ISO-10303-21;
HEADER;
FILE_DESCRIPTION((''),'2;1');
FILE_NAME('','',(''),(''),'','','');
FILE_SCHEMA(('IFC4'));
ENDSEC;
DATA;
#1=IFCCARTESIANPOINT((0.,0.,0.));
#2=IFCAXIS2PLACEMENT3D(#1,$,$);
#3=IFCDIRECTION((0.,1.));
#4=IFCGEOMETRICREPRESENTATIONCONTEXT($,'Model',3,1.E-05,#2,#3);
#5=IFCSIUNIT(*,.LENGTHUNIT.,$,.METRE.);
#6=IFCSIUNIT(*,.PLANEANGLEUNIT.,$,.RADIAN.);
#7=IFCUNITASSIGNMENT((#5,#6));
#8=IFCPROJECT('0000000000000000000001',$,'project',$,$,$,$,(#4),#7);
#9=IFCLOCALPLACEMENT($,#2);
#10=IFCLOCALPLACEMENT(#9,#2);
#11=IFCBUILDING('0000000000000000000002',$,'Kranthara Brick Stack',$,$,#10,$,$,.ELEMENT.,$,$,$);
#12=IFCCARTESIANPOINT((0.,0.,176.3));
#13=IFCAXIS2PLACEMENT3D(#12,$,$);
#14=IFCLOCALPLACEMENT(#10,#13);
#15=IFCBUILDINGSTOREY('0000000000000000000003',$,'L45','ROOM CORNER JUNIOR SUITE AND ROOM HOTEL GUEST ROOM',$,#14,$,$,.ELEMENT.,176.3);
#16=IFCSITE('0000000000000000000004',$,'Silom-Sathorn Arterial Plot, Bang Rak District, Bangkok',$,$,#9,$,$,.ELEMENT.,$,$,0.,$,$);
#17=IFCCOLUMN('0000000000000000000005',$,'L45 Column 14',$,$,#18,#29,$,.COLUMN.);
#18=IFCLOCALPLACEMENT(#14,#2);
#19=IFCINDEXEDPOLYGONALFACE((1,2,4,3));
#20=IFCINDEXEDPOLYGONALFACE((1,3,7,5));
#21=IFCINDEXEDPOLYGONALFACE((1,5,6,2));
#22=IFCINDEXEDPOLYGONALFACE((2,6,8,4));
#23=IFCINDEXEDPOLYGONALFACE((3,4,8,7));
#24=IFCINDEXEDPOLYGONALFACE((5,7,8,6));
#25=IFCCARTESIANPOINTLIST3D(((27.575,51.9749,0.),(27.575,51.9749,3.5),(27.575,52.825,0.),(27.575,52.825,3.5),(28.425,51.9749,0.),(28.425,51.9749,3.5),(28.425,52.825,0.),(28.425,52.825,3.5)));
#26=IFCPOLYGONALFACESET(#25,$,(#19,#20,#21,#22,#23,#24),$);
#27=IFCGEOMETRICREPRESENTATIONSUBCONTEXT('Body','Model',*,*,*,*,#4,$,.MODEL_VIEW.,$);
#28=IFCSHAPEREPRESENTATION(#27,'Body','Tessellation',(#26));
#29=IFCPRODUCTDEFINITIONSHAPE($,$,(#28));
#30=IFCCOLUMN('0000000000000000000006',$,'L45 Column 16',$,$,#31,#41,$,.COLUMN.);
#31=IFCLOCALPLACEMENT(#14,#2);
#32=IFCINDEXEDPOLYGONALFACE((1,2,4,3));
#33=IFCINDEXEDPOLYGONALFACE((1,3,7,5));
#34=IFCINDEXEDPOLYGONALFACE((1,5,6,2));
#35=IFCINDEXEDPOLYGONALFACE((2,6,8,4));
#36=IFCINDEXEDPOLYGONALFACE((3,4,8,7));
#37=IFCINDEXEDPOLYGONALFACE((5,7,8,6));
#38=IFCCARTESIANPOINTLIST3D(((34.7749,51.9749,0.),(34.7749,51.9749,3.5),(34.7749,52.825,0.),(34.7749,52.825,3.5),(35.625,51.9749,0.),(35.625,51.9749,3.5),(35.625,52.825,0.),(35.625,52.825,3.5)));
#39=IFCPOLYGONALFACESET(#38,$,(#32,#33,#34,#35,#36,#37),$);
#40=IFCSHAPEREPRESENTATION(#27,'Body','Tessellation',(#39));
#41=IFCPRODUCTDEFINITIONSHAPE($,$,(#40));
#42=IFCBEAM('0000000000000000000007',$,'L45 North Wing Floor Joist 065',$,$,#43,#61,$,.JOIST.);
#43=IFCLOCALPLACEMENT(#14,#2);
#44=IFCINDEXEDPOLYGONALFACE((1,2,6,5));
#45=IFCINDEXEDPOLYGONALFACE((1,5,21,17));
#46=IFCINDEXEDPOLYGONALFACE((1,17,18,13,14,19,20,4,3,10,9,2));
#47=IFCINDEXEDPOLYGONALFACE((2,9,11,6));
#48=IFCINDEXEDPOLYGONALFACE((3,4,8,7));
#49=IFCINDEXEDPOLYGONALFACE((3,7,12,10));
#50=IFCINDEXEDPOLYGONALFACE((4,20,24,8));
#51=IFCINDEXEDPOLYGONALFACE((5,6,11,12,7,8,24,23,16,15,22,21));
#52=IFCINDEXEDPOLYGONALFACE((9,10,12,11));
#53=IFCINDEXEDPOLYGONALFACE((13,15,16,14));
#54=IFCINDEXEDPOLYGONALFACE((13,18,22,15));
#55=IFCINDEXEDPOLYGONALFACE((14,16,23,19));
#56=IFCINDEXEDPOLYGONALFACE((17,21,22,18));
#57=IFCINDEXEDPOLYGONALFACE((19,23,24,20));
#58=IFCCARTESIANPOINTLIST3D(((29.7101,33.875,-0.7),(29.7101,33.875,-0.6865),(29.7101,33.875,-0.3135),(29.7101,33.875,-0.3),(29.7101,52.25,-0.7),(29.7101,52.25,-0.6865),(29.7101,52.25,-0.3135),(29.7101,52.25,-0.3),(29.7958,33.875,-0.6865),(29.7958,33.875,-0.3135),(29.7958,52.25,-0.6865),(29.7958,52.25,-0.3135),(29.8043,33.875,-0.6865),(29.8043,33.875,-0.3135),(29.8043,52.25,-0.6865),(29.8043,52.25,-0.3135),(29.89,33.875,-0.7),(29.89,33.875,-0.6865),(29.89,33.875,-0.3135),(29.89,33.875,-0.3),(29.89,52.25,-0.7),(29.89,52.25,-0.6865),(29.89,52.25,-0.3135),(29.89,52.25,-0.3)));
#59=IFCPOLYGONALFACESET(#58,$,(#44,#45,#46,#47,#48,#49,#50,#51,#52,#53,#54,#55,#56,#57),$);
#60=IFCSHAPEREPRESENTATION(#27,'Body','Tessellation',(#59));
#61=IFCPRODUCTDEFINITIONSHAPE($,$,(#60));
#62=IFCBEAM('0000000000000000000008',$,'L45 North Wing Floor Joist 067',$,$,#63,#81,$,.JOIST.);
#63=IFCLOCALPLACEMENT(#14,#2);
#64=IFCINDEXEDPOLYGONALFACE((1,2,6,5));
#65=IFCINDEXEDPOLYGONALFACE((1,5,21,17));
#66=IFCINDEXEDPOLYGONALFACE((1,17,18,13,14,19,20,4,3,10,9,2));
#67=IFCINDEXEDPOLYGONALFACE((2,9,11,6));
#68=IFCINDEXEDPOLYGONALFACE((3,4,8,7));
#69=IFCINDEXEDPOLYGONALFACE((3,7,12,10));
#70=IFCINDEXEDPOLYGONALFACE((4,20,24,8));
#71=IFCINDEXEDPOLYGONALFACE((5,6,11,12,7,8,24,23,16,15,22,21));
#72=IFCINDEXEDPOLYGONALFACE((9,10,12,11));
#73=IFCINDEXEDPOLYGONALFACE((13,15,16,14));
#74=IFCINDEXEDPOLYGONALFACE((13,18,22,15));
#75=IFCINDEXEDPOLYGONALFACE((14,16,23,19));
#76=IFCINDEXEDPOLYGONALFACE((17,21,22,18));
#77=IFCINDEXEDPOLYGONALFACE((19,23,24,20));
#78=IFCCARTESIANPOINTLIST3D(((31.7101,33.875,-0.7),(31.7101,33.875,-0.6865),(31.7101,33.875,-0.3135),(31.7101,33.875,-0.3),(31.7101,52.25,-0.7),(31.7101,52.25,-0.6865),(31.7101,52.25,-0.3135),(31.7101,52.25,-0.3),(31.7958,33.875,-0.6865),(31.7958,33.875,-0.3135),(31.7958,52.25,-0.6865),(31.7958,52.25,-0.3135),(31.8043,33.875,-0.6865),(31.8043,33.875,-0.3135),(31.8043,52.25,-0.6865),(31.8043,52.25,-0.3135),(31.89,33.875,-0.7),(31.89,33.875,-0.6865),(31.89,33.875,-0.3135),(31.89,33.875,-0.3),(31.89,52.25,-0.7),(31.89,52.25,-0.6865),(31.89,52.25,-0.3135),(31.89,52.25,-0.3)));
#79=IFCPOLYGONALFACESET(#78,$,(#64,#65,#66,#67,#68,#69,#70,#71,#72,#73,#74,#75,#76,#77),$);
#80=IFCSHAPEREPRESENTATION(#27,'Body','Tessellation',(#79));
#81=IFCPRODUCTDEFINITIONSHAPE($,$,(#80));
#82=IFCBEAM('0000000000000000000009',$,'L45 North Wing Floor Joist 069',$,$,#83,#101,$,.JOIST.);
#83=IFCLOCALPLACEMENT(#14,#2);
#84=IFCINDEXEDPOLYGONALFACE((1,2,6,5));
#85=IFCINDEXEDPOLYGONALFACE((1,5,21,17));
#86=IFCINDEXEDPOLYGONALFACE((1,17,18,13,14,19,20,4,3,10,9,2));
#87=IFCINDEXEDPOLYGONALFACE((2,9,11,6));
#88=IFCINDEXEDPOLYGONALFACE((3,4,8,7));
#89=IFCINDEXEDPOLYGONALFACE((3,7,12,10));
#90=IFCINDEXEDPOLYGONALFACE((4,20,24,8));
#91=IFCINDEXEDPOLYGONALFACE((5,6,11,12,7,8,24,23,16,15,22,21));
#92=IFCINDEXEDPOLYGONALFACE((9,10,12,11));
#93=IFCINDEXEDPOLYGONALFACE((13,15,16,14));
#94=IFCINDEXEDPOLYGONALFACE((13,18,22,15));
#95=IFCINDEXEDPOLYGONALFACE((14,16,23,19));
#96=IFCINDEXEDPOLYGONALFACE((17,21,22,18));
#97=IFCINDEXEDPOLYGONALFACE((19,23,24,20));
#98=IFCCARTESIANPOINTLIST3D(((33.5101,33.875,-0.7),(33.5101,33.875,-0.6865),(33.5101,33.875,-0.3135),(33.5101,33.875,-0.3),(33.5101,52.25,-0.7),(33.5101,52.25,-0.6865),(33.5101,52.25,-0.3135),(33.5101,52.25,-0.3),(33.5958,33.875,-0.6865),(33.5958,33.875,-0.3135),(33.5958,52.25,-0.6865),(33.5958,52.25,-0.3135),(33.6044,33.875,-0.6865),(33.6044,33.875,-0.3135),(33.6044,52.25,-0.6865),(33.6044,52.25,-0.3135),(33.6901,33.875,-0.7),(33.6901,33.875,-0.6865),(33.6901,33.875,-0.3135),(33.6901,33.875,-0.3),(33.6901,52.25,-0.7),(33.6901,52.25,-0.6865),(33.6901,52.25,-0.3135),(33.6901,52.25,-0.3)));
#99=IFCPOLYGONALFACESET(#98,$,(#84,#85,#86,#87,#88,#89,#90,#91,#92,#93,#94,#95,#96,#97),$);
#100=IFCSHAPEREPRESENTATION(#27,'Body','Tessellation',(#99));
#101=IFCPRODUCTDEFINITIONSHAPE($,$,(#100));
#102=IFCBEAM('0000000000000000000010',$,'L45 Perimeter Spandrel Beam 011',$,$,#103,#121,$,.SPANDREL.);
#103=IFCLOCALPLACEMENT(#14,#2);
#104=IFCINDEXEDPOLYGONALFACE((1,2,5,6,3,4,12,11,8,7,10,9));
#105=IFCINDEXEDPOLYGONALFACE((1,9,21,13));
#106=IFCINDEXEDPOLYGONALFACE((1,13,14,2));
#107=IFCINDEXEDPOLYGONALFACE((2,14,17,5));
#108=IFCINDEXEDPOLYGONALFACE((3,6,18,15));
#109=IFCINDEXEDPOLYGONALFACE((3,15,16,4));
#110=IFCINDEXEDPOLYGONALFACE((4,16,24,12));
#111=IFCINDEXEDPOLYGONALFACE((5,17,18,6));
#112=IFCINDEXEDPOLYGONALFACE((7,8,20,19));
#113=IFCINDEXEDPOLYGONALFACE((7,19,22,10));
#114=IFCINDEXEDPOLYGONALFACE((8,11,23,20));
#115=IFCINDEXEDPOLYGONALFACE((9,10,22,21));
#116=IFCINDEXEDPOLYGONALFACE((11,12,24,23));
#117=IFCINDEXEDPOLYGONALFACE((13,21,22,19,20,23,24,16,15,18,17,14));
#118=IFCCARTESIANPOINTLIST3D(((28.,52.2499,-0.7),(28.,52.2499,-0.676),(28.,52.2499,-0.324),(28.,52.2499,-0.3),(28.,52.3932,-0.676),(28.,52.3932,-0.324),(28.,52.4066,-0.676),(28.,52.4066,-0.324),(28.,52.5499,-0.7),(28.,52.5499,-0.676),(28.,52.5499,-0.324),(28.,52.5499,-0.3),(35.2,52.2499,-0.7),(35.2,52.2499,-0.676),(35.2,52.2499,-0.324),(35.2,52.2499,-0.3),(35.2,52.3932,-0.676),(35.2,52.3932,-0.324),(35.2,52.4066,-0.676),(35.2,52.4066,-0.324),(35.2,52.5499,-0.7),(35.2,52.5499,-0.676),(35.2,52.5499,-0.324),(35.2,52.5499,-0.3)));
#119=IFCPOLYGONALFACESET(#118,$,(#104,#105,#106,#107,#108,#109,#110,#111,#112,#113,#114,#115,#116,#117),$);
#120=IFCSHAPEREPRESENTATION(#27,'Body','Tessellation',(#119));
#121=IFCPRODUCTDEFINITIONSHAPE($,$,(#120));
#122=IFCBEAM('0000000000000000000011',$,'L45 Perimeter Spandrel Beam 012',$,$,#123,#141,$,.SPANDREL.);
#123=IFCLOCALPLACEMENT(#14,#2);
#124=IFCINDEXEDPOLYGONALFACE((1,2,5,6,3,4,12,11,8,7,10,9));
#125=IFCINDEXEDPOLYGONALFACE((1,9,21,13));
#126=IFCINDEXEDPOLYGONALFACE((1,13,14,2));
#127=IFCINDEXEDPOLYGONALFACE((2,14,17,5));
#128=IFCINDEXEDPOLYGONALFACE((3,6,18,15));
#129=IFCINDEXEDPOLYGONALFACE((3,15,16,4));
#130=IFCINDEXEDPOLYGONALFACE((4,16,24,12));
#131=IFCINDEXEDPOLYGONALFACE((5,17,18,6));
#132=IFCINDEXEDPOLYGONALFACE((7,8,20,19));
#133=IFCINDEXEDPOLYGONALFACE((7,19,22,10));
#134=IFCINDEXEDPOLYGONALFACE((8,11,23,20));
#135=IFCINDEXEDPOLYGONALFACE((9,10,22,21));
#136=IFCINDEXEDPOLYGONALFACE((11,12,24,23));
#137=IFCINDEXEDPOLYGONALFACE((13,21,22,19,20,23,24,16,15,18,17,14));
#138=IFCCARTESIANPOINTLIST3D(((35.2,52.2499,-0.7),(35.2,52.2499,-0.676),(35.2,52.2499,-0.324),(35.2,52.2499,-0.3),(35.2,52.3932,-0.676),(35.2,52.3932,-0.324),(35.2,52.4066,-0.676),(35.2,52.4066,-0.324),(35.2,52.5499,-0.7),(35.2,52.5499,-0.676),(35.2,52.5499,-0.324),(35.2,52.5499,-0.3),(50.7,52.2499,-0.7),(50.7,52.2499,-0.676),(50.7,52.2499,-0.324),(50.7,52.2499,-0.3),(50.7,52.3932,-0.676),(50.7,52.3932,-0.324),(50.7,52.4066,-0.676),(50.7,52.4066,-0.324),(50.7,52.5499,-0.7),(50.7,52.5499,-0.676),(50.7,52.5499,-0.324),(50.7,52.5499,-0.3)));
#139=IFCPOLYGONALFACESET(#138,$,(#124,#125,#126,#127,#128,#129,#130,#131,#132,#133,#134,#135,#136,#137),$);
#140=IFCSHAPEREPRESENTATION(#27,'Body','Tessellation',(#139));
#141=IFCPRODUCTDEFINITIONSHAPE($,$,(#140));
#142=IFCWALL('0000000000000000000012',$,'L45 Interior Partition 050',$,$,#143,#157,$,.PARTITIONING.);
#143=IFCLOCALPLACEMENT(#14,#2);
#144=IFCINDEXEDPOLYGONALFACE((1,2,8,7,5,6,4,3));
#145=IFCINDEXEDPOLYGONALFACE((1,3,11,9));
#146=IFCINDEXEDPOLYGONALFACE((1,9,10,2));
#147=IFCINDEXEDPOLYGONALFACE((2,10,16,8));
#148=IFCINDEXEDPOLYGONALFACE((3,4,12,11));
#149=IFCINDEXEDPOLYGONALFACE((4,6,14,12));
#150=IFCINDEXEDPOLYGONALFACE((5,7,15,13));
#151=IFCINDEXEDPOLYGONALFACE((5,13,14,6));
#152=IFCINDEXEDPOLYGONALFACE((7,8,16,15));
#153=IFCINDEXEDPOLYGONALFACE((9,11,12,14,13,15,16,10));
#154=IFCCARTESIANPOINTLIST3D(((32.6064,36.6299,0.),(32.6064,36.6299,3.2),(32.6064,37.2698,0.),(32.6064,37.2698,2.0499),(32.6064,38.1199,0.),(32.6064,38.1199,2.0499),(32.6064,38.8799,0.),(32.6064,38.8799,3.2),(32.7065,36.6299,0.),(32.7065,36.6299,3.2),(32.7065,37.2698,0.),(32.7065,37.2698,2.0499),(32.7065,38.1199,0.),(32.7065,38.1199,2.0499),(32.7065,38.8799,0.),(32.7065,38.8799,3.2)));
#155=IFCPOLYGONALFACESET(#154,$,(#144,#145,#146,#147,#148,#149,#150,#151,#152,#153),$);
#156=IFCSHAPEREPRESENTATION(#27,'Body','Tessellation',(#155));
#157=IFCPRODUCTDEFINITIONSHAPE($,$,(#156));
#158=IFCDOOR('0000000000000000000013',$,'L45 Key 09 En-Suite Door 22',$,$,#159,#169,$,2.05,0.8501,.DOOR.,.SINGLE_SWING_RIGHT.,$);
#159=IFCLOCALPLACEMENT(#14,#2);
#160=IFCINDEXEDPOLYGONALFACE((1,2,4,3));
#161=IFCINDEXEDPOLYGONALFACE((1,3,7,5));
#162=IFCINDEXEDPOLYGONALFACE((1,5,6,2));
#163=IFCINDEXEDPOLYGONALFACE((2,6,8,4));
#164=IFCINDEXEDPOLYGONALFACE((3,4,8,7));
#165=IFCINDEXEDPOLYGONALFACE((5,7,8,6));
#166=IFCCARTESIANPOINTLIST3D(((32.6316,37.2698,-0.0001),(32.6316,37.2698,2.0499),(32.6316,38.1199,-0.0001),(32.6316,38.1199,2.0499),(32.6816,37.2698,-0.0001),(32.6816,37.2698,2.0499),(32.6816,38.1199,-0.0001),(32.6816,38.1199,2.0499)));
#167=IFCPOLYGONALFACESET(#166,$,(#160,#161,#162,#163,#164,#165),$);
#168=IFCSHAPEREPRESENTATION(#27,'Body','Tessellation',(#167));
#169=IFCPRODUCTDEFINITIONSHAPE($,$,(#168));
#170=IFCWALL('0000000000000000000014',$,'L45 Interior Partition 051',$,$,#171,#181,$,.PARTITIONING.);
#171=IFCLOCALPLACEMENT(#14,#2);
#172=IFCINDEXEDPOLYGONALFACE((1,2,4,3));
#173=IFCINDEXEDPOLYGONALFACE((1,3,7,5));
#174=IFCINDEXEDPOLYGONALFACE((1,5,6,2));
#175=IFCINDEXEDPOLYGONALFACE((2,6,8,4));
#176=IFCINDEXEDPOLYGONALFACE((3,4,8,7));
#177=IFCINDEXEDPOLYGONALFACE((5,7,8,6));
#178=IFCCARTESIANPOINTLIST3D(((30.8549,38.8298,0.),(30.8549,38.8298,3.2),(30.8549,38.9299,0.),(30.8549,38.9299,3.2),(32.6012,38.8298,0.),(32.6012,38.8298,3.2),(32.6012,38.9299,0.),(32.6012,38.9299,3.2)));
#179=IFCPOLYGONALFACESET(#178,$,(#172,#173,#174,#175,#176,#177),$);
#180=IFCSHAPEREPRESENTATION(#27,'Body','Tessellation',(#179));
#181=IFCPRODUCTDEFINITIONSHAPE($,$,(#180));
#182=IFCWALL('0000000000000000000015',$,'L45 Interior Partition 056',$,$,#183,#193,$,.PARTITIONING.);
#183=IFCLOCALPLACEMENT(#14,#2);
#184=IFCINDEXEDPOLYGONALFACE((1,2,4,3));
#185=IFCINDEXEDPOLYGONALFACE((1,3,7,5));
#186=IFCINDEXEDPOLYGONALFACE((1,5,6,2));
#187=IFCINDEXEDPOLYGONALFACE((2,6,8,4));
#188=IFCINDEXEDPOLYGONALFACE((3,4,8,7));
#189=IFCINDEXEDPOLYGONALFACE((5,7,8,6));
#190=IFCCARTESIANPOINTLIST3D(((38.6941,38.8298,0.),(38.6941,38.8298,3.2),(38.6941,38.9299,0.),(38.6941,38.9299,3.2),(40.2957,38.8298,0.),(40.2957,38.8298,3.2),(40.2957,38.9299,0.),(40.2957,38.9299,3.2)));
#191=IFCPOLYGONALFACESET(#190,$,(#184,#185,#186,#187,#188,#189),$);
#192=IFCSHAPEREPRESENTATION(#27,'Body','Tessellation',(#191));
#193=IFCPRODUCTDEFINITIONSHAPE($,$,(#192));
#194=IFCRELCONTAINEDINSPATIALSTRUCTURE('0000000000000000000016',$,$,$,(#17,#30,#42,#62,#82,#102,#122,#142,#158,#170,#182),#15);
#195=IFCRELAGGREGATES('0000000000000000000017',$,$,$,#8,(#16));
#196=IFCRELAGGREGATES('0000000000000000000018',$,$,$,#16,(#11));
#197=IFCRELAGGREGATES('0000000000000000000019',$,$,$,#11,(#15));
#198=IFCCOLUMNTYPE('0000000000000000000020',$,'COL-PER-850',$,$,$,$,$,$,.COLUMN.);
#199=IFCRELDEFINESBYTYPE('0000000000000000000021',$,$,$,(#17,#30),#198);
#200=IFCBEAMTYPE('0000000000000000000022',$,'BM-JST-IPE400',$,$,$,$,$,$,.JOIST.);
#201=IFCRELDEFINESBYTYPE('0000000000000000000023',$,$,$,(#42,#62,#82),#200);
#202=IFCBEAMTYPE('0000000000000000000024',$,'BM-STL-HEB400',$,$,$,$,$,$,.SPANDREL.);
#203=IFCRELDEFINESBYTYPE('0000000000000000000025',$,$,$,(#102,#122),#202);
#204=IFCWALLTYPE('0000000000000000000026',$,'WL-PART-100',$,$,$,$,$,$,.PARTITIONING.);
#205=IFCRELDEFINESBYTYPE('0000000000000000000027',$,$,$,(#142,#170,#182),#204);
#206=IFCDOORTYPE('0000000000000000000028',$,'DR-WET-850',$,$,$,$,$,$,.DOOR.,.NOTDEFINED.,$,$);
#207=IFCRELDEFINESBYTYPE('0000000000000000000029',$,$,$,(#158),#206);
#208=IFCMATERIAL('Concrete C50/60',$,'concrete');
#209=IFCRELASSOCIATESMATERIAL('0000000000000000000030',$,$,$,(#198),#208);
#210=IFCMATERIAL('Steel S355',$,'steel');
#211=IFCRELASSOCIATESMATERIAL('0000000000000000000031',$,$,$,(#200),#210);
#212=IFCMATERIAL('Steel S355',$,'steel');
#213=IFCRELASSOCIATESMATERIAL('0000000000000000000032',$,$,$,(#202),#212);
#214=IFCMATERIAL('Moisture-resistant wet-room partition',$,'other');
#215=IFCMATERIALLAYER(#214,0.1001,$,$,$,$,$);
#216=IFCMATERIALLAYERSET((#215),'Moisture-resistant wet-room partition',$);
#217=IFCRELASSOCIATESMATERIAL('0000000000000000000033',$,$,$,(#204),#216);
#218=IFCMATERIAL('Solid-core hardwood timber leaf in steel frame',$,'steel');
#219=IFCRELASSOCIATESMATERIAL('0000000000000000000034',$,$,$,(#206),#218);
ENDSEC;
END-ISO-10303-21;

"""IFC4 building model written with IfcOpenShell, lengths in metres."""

from ifc_helpers import new_model, si_unit, direction, frame, frame_2d, origin, origin_2d, place, context, subcontext, project, spatial, rectangle, i_section, extrude, material, layer, layer_set, material_profile, profile_set, type_object, element, fill, save


model = new_model("IFC4")

# Units and contexts
model_context = context("Model", 3, precision=1e-05, world=origin(), true_north=direction((0.0, 1.0)))
body_context = subcontext(model_context, "Body", "Model", "MODEL_VIEW")
ifc_project = project(units=[si_unit("LENGTHUNIT", "METRE"), si_unit("PLANEANGLEUNIT", "RADIAN")], contexts=[model_context])

# Site, building, storey
site_placement = place(None, origin())
site = spatial("IfcSite", under=ifc_project, at=site_placement, Name="Silom-Sathorn Arterial Plot, Bang Rak District, Bangkok", CompositionType="ELEMENT", RefElevation=0.0)
building_placement = place(site_placement, origin())
building = spatial("IfcBuilding", under=site, at=building_placement, Name="Kranthara Brick Stack", CompositionType="ELEMENT")
storey_placement = place(building_placement, frame((0.0, 0.0, 176.3)))
storey = spatial("IfcBuildingStorey", under=building, at=storey_placement, Name="L45", Description="ROOM CORNER JUNIOR SUITE AND ROOM HOTEL GUEST ROOM", CompositionType="ELEMENT", Elevation=176.3)

# Columns
ifc_material_1 = material(Name="Concrete C50/60", Category="concrete")
ifc_material_profile_1 = material_profile(ifc_material_1, rectangle(XDim=0.8501, YDim=0.8501, at=origin_2d()), Name="RC 850x850")
ifc_profile_set_1 = profile_set([ifc_material_profile_1], Name="Concrete C50/60")
column_type = type_object("IfcColumnType", Name="COL-PER-850", PredefinedType="COLUMN", material=ifc_profile_set_1)
for number, where, z_axis, x_axis, name in (
    (1, (28.0, 52.3999, 0.0), (0.0, 0.0, 1.0), (1.0, 0.0, 0.0), "L45 Column 14"),
    (2, (35.2, 52.3999, 0.0), (0.0, 0.0, 1.0), (1.0, 0.0, 0.0), "L45 Column 16"),
):
    element("IfcColumn", number, at=place(storey_placement, frame(where, z_axis=z_axis, x_axis=x_axis)), inside=storey, type_object=column_type, Name=name, PredefinedType="COLUMN", context=body_context, shape_type="SweptSolid", body=[
        extrude(rectangle(XDim=0.8501, YDim=0.8501, at=origin_2d()), origin(), (0.0, 0.0, 1.0), 3.5),
    ])

# Beams
ifc_material_2 = material(Name="Steel S355", Category="steel")
ifc_material_profile_2 = material_profile(ifc_material_2, i_section(OverallWidth=0.1799, OverallDepth=0.3999, WebThickness=0.0085, FlangeThickness=0.0134, at=origin_2d()), Name="IPE 400")
ifc_profile_set_2 = profile_set([ifc_material_profile_2], Name="Steel S355")
beam_type_1 = type_object("IfcBeamType", Name="BM-JST-IPE400", PredefinedType="JOIST", material=ifc_profile_set_2)
for number, where, z_axis, x_axis, name in (
    (3, (29.8, 33.875, -0.5), (0.0, 1.0, 0.0), (-1.0, 0.0, 0.0), "L45 North Wing Floor Joist 065"),
    (4, (31.8, 33.875, -0.5), (0.0, 1.0, 0.0), (-1.0, 0.0, 0.0), "L45 North Wing Floor Joist 067"),
    (5, (33.6001, 33.875, -0.5), (0.0, 1.0, 0.0), (-1.0, 0.0, 0.0), "L45 North Wing Floor Joist 069"),
):
    element("IfcBeam", number, at=place(storey_placement, frame(where, z_axis=z_axis, x_axis=x_axis)), inside=storey, type_object=beam_type_1, Name=name, PredefinedType="JOIST", context=body_context, shape_type="SweptSolid", body=[
        extrude(i_section(OverallWidth=0.1799, OverallDepth=0.3999, WebThickness=0.0085, FlangeThickness=0.0134, at=origin_2d()), origin(), (0.0, 0.0, 1.0), 18.375),
    ])
ifc_material_3 = material(Name="Steel S355", Category="steel")
ifc_material_profile_3 = material_profile(ifc_material_3, i_section(OverallWidth=0.3, OverallDepth=0.3999, WebThickness=0.0134, FlangeThickness=0.0239, at=origin_2d()), Name="HEB 400")
ifc_profile_set_3 = profile_set([ifc_material_profile_3], Name="Steel S355")
beam_type_2 = type_object("IfcBeamType", Name="BM-STL-HEB400", PredefinedType="SPANDREL", material=ifc_profile_set_3)
beam_1_placement = place(storey_placement, frame((28.0, 52.3999, -0.5), z_axis=(1.0, 0.0, 0.0), x_axis=(0.0, 1.0, 0.0)))
element("IfcBeam", 6, at=beam_1_placement, inside=storey, type_object=beam_type_2, Name="L45 Perimeter Spandrel Beam 011", PredefinedType="SPANDREL", context=body_context, shape_type="SweptSolid", body=[
    extrude(i_section(OverallWidth=0.3, OverallDepth=0.3999, WebThickness=0.0134, FlangeThickness=0.0239, at=origin_2d()), origin(), (0.0, 0.0, 1.0), 7.2),
])
beam_2_placement = place(storey_placement, frame((35.2, 52.3999, -0.5), z_axis=(1.0, 0.0, 0.0), x_axis=(0.0, 1.0, 0.0)))
element("IfcBeam", 7, at=beam_2_placement, inside=storey, type_object=beam_type_2, Name="L45 Perimeter Spandrel Beam 012", PredefinedType="SPANDREL", context=body_context, shape_type="SweptSolid", body=[
    extrude(i_section(OverallWidth=0.3, OverallDepth=0.3999, WebThickness=0.0134, FlangeThickness=0.0239, at=origin_2d()), origin(), (0.0, 0.0, 1.0), 15.5),
])

# Wall, opening, door
ifc_material_4 = material(Name="Moisture-resistant wet-room partition", Category="other")
ifc_layer_1 = layer(ifc_material_4, 0.1001)
ifc_layer_set_1 = layer_set([ifc_layer_1], Name="Moisture-resistant wet-room partition")
wall_type_1 = type_object("IfcWallType", Name="WL-PART-100", PredefinedType="PARTITIONING", material=ifc_layer_set_1)
wall_1_placement = place(storey_placement, frame((32.6565, 36.6299, 0.0), z_axis=(0.0, 0.0, 1.0), x_axis=(0.0, 1.0, 0.0)))
wall_1 = element("IfcWall", 8, at=wall_1_placement, inside=storey, type_object=wall_type_1, Name="L45 Interior Partition 050", PredefinedType="PARTITIONING", context=body_context, shape_type="SweptSolid", body=[
    extrude(rectangle(XDim=2.25, YDim=0.1001, at=frame_2d((1.125, 0.0))), origin(), (0.0, 0.0, 1.0), 3.2),
])
opening_1_placement = place(wall_1_placement, frame((0.6399, 0.0, 0.0)))
opening_1 = element("IfcOpeningElement", 9, at=opening_1_placement, cuts=wall_1, PredefinedType="OPENING", context=body_context, shape_type="SweptSolid", body=[
    extrude(rectangle(XDim=0.8501, YDim=2.05, at=frame_2d((0.425, 1.0249))), frame((0.0, 0.0601, 0.0), z_axis=(0.0, -1.0, 0.0), x_axis=(1.0, 0.0, 0.0)), (0.0, 0.0, 1.0), 0.1201),
])
ifc_material_5 = material(Name="Solid-core hardwood timber leaf in steel frame", Category="steel")
door_type_1 = type_object("IfcDoorType", Name="DR-WET-850", OperationType="NOTDEFINED", PredefinedType="DOOR", material=ifc_material_5)
door_1_placement = place(opening_1_placement, origin())
door_1 = element("IfcDoor", 10, at=door_1_placement, inside=storey, type_object=door_type_1, Name="L45 Key 09 En-Suite Door 22", OperationType="SINGLE_SWING_RIGHT", OverallHeight=2.05, OverallWidth=0.8501, PredefinedType="DOOR", context=body_context, shape_type="SweptSolid", body=[
    extrude(rectangle(XDim=0.8501, YDim=2.05, at=frame_2d((0.425, 1.0249))), frame((0.0, 0.0249, 0.0), z_axis=(0.0, -1.0, 0.0), x_axis=(1.0, 0.0, 0.0)), (0.0, 0.0, 1.0), 0.05),
])
fill(opening_1, door_1)

# Walls
wall_2_placement = place(storey_placement, frame((30.855, 38.8799, 0.0), z_axis=(0.0, 0.0, 1.0), x_axis=(1.0, 0.0, 0.0)))
element("IfcWall", 11, at=wall_2_placement, inside=storey, type_object=wall_type_1, Name="L45 Interior Partition 051", PredefinedType="PARTITIONING", context=body_context, shape_type="SweptSolid", body=[
    extrude(rectangle(XDim=1.7463, YDim=0.1001, at=frame_2d((0.873, 0.0))), origin(), (0.0, 0.0, 1.0), 3.2),
])
wall_3_placement = place(storey_placement, frame((38.6941, 38.8799, 0.0), z_axis=(0.0, 0.0, 1.0), x_axis=(1.0, 0.0, 0.0)))
element("IfcWall", 12, at=wall_3_placement, inside=storey, type_object=wall_type_1, Name="L45 Interior Partition 056", PredefinedType="PARTITIONING", context=body_context, shape_type="SweptSolid", body=[
    extrude(rectangle(XDim=1.6016, YDim=0.1001, at=frame_2d((0.8008, 0.0))), origin(), (0.0, 0.0, 1.0), 3.2),
])

save(model, "model.ifc")
